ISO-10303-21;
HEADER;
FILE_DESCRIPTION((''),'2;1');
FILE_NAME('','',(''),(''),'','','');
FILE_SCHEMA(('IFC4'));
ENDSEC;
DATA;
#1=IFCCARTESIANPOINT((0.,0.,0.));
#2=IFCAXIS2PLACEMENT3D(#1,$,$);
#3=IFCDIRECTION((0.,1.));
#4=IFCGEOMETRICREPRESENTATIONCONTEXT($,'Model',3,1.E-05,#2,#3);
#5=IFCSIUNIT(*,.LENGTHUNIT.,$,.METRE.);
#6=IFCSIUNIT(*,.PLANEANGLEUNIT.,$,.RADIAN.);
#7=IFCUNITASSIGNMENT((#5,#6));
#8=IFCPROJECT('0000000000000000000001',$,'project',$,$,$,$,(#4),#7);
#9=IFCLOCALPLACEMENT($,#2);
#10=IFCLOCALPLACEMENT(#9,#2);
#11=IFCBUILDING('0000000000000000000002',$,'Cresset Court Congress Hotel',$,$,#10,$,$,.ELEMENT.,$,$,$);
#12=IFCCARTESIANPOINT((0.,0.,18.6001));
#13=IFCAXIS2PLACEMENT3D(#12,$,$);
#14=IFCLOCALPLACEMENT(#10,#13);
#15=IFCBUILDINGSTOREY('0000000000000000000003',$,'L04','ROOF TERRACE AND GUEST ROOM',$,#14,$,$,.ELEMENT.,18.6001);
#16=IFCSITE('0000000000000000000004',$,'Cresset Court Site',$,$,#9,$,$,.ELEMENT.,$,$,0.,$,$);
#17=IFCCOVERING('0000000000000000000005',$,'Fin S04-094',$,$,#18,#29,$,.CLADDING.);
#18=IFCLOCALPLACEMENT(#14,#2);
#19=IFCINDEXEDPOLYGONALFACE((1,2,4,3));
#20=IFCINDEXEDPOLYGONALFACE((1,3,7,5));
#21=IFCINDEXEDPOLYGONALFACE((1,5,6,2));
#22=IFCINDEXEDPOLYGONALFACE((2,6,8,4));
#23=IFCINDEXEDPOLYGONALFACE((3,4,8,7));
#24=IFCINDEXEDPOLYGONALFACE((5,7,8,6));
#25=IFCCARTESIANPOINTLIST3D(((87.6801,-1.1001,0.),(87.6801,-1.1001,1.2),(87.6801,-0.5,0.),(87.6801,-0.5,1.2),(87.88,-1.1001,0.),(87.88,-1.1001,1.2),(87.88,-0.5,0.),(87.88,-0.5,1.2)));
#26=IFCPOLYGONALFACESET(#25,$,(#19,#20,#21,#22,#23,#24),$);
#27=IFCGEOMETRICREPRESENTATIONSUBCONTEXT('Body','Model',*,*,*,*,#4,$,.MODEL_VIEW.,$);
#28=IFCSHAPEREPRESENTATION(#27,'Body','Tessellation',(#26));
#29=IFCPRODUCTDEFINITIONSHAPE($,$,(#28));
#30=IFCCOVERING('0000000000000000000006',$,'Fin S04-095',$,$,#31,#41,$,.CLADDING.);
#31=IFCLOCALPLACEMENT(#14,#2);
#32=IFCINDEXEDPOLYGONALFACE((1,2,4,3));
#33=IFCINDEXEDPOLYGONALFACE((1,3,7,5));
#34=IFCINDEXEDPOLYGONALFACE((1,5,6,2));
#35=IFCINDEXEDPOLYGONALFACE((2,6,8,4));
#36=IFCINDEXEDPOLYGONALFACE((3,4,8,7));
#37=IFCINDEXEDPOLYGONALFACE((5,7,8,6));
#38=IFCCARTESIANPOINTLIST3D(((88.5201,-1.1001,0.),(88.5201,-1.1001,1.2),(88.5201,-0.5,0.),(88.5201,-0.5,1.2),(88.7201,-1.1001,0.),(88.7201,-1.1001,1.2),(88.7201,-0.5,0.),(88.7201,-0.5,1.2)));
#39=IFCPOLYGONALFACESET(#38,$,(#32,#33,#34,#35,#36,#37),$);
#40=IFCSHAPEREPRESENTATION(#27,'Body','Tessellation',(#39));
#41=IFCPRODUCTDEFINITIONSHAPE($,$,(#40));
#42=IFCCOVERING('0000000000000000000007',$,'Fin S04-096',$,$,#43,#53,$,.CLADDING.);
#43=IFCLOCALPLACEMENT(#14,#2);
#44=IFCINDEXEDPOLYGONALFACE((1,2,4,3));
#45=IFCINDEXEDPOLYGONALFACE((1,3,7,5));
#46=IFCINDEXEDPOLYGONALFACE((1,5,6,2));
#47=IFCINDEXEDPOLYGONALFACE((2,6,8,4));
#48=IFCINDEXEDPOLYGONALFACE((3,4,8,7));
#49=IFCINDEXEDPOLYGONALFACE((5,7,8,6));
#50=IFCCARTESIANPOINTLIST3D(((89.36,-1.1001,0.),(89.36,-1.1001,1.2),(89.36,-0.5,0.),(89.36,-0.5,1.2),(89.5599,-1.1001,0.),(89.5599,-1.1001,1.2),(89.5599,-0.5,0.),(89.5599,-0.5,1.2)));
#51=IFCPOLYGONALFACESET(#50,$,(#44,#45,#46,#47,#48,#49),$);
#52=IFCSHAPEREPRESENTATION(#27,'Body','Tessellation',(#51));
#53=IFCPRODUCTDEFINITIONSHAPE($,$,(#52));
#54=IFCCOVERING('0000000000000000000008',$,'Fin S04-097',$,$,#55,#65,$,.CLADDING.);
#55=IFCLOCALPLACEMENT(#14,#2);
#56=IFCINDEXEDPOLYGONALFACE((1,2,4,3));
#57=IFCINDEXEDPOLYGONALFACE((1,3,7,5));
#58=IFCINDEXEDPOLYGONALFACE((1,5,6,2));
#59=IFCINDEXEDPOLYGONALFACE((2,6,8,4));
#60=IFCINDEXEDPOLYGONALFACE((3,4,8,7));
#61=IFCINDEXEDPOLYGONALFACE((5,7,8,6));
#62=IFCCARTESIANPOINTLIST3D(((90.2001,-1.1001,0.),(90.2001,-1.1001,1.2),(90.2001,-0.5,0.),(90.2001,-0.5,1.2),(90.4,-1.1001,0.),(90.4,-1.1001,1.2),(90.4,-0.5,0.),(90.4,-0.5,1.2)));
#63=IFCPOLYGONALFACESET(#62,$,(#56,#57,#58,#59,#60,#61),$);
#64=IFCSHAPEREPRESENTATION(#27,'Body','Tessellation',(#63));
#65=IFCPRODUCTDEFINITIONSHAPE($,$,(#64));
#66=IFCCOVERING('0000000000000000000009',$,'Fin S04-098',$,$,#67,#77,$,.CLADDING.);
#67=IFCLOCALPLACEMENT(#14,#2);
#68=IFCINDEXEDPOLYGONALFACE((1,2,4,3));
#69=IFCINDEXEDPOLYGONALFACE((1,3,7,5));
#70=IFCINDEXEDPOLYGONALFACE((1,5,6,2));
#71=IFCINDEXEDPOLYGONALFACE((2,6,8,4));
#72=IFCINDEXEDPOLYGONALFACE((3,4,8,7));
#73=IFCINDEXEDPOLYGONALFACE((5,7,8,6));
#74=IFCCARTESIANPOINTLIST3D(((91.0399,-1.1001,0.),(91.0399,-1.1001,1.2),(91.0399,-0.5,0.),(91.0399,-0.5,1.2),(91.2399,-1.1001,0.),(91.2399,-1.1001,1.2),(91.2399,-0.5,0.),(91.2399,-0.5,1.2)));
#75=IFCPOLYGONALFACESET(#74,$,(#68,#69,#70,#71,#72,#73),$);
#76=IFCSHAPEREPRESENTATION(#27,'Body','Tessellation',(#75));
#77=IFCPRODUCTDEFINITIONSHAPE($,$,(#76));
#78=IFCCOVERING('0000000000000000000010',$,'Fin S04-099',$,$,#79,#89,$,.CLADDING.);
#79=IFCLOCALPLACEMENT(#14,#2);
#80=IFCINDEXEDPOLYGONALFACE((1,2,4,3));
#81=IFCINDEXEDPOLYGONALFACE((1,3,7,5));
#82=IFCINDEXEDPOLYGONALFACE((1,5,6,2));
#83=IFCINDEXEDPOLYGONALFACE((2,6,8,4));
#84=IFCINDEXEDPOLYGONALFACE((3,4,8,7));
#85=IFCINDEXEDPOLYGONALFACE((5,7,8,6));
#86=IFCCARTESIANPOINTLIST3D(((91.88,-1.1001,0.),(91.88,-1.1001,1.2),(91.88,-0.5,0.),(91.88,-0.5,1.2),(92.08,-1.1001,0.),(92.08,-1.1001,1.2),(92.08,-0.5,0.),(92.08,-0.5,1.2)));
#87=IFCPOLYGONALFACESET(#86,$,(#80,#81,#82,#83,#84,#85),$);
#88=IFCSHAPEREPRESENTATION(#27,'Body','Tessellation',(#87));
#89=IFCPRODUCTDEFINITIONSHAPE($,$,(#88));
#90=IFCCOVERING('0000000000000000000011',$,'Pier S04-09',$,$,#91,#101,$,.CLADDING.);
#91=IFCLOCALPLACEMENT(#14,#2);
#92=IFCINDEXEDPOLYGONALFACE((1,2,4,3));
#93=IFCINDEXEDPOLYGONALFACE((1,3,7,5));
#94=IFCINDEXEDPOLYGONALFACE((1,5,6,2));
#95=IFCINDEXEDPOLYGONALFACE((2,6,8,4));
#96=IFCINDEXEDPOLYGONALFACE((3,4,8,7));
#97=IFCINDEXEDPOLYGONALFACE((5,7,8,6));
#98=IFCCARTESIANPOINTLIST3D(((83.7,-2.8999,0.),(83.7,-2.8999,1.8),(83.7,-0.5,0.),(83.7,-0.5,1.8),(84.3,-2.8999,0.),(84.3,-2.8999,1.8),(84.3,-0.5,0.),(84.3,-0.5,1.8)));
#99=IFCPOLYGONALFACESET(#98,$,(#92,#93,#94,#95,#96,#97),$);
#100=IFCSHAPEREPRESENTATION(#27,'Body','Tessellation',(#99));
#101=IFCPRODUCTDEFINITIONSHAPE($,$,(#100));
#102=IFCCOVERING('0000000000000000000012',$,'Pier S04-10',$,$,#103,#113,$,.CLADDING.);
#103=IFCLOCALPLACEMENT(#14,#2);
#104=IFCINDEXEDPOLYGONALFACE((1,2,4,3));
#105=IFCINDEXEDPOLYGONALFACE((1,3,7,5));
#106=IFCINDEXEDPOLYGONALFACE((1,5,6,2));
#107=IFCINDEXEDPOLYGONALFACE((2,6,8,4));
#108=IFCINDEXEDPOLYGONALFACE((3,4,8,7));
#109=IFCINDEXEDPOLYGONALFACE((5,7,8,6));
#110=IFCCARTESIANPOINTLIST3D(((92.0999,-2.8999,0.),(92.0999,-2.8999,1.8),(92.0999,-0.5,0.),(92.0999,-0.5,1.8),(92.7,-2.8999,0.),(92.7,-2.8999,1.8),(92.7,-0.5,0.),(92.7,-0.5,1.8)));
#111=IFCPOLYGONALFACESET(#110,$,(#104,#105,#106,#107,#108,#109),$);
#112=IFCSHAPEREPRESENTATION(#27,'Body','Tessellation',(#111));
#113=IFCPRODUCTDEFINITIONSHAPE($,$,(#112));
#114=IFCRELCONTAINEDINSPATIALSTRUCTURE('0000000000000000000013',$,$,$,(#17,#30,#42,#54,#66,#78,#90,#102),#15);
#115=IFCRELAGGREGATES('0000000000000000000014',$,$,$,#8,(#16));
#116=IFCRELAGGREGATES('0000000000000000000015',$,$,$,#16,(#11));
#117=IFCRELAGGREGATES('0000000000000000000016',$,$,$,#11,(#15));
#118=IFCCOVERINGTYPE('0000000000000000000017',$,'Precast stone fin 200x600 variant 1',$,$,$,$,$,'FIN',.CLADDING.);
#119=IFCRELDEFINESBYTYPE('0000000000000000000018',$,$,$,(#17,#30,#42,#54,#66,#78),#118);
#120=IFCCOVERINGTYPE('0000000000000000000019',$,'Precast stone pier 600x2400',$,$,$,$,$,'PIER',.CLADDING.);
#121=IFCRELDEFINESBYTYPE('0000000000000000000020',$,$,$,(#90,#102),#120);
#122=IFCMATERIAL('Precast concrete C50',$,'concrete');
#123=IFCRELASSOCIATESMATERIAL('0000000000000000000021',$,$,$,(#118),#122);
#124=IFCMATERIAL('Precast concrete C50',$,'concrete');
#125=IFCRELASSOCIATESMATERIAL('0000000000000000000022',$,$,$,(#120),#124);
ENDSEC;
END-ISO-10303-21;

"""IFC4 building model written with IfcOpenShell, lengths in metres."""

from ifc_helpers import new_model, si_unit, direction, frame, origin, origin_2d, place, context, subcontext, project, spatial, rectangle, extrude, material, type_object, element, save


model = new_model("IFC4")

# Units and contexts
model_context = context("Model", 3, precision=1e-05, world=origin(), true_north=direction((0.0, 1.0)))
body_context = subcontext(model_context, "Body", "Model", "MODEL_VIEW")
ifc_project = project(units=[si_unit("LENGTHUNIT", "METRE"), si_unit("PLANEANGLEUNIT", "RADIAN")], contexts=[model_context])

# Site, building, storey
site_placement = place(None, origin())
site = spatial("IfcSite", under=ifc_project, at=site_placement, Name="Cresset Court Site", CompositionType="ELEMENT", RefElevation=0.0)
building_placement = place(site_placement, origin())
building = spatial("IfcBuilding", under=site, at=building_placement, Name="Cresset Court Congress Hotel", CompositionType="ELEMENT")
storey_placement = place(building_placement, frame((0.0, 0.0, 18.6001)))
storey = spatial("IfcBuildingStorey", under=building, at=storey_placement, Name="L04", Description="ROOF TERRACE AND GUEST ROOM", CompositionType="ELEMENT", Elevation=18.6001)

# Coverings
ifc_material_1 = material(Name="Precast concrete C50", Category="concrete")
covering_type_1 = type_object("IfcCoveringType", Name="Precast stone fin 200x600 variant 1", ElementType="FIN", PredefinedType="CLADDING", material=ifc_material_1)
for number, where, z_axis, x_axis, name in (
    (1, (87.78, -0.8, 0.0), (0.0, 0.0, 1.0), (1.0, 0.0, 0.0), "Fin S04-094"),
    (2, (88.6201, -0.8, 0.0), (0.0, 0.0, 1.0), (1.0, 0.0, 0.0), "Fin S04-095"),
    (3, (89.46, -0.8, 0.0), (0.0, 0.0, 1.0), (1.0, 0.0, 0.0), "Fin S04-096"),
    (4, (90.3, -0.8, 0.0), (0.0, 0.0, 1.0), (1.0, 0.0, 0.0), "Fin S04-097"),
    (5, (91.1399, -0.8, 0.0), (0.0, 0.0, 1.0), (1.0, 0.0, 0.0), "Fin S04-098"),
    (6, (91.98, -0.8, 0.0), (0.0, 0.0, 1.0), (1.0, 0.0, 0.0), "Fin S04-099"),
):
    element("IfcCovering", number, at=place(storey_placement, frame(where, z_axis=z_axis, x_axis=x_axis)), inside=storey, type_object=covering_type_1, Name=name, PredefinedType="CLADDING", context=body_context, shape_type="SweptSolid", body=[
        extrude(rectangle(XDim=0.2, YDim=0.6001, at=origin_2d()), origin(), (0.0, 0.0, 1.0), 1.2),
    ])
ifc_material_2 = material(Name="Precast concrete C50", Category="concrete")
covering_type_2 = type_object("IfcCoveringType", Name="Precast stone pier 600x2400", ElementType="PIER", PredefinedType="CLADDING", material=ifc_material_2)
for number, where, z_axis, x_axis, name in (
    (7, (84.0, -1.7, 0.0), (0.0, 0.0, 1.0), (1.0, 0.0, 0.0), "Pier S04-09"),
    (8, (92.3999, -1.7, 0.0), (0.0, 0.0, 1.0), (1.0, 0.0, 0.0), "Pier S04-10"),
):
    element("IfcCovering", number, at=place(storey_placement, frame(where, z_axis=z_axis, x_axis=x_axis)), inside=storey, type_object=covering_type_2, Name=name, PredefinedType="CLADDING", context=body_context, shape_type="SweptSolid", body=[
        extrude(rectangle(XDim=0.6001, YDim=2.3999, at=origin_2d()), origin(), (0.0, 0.0, 1.0), 1.8),
    ])

save(model, "model.ifc")
